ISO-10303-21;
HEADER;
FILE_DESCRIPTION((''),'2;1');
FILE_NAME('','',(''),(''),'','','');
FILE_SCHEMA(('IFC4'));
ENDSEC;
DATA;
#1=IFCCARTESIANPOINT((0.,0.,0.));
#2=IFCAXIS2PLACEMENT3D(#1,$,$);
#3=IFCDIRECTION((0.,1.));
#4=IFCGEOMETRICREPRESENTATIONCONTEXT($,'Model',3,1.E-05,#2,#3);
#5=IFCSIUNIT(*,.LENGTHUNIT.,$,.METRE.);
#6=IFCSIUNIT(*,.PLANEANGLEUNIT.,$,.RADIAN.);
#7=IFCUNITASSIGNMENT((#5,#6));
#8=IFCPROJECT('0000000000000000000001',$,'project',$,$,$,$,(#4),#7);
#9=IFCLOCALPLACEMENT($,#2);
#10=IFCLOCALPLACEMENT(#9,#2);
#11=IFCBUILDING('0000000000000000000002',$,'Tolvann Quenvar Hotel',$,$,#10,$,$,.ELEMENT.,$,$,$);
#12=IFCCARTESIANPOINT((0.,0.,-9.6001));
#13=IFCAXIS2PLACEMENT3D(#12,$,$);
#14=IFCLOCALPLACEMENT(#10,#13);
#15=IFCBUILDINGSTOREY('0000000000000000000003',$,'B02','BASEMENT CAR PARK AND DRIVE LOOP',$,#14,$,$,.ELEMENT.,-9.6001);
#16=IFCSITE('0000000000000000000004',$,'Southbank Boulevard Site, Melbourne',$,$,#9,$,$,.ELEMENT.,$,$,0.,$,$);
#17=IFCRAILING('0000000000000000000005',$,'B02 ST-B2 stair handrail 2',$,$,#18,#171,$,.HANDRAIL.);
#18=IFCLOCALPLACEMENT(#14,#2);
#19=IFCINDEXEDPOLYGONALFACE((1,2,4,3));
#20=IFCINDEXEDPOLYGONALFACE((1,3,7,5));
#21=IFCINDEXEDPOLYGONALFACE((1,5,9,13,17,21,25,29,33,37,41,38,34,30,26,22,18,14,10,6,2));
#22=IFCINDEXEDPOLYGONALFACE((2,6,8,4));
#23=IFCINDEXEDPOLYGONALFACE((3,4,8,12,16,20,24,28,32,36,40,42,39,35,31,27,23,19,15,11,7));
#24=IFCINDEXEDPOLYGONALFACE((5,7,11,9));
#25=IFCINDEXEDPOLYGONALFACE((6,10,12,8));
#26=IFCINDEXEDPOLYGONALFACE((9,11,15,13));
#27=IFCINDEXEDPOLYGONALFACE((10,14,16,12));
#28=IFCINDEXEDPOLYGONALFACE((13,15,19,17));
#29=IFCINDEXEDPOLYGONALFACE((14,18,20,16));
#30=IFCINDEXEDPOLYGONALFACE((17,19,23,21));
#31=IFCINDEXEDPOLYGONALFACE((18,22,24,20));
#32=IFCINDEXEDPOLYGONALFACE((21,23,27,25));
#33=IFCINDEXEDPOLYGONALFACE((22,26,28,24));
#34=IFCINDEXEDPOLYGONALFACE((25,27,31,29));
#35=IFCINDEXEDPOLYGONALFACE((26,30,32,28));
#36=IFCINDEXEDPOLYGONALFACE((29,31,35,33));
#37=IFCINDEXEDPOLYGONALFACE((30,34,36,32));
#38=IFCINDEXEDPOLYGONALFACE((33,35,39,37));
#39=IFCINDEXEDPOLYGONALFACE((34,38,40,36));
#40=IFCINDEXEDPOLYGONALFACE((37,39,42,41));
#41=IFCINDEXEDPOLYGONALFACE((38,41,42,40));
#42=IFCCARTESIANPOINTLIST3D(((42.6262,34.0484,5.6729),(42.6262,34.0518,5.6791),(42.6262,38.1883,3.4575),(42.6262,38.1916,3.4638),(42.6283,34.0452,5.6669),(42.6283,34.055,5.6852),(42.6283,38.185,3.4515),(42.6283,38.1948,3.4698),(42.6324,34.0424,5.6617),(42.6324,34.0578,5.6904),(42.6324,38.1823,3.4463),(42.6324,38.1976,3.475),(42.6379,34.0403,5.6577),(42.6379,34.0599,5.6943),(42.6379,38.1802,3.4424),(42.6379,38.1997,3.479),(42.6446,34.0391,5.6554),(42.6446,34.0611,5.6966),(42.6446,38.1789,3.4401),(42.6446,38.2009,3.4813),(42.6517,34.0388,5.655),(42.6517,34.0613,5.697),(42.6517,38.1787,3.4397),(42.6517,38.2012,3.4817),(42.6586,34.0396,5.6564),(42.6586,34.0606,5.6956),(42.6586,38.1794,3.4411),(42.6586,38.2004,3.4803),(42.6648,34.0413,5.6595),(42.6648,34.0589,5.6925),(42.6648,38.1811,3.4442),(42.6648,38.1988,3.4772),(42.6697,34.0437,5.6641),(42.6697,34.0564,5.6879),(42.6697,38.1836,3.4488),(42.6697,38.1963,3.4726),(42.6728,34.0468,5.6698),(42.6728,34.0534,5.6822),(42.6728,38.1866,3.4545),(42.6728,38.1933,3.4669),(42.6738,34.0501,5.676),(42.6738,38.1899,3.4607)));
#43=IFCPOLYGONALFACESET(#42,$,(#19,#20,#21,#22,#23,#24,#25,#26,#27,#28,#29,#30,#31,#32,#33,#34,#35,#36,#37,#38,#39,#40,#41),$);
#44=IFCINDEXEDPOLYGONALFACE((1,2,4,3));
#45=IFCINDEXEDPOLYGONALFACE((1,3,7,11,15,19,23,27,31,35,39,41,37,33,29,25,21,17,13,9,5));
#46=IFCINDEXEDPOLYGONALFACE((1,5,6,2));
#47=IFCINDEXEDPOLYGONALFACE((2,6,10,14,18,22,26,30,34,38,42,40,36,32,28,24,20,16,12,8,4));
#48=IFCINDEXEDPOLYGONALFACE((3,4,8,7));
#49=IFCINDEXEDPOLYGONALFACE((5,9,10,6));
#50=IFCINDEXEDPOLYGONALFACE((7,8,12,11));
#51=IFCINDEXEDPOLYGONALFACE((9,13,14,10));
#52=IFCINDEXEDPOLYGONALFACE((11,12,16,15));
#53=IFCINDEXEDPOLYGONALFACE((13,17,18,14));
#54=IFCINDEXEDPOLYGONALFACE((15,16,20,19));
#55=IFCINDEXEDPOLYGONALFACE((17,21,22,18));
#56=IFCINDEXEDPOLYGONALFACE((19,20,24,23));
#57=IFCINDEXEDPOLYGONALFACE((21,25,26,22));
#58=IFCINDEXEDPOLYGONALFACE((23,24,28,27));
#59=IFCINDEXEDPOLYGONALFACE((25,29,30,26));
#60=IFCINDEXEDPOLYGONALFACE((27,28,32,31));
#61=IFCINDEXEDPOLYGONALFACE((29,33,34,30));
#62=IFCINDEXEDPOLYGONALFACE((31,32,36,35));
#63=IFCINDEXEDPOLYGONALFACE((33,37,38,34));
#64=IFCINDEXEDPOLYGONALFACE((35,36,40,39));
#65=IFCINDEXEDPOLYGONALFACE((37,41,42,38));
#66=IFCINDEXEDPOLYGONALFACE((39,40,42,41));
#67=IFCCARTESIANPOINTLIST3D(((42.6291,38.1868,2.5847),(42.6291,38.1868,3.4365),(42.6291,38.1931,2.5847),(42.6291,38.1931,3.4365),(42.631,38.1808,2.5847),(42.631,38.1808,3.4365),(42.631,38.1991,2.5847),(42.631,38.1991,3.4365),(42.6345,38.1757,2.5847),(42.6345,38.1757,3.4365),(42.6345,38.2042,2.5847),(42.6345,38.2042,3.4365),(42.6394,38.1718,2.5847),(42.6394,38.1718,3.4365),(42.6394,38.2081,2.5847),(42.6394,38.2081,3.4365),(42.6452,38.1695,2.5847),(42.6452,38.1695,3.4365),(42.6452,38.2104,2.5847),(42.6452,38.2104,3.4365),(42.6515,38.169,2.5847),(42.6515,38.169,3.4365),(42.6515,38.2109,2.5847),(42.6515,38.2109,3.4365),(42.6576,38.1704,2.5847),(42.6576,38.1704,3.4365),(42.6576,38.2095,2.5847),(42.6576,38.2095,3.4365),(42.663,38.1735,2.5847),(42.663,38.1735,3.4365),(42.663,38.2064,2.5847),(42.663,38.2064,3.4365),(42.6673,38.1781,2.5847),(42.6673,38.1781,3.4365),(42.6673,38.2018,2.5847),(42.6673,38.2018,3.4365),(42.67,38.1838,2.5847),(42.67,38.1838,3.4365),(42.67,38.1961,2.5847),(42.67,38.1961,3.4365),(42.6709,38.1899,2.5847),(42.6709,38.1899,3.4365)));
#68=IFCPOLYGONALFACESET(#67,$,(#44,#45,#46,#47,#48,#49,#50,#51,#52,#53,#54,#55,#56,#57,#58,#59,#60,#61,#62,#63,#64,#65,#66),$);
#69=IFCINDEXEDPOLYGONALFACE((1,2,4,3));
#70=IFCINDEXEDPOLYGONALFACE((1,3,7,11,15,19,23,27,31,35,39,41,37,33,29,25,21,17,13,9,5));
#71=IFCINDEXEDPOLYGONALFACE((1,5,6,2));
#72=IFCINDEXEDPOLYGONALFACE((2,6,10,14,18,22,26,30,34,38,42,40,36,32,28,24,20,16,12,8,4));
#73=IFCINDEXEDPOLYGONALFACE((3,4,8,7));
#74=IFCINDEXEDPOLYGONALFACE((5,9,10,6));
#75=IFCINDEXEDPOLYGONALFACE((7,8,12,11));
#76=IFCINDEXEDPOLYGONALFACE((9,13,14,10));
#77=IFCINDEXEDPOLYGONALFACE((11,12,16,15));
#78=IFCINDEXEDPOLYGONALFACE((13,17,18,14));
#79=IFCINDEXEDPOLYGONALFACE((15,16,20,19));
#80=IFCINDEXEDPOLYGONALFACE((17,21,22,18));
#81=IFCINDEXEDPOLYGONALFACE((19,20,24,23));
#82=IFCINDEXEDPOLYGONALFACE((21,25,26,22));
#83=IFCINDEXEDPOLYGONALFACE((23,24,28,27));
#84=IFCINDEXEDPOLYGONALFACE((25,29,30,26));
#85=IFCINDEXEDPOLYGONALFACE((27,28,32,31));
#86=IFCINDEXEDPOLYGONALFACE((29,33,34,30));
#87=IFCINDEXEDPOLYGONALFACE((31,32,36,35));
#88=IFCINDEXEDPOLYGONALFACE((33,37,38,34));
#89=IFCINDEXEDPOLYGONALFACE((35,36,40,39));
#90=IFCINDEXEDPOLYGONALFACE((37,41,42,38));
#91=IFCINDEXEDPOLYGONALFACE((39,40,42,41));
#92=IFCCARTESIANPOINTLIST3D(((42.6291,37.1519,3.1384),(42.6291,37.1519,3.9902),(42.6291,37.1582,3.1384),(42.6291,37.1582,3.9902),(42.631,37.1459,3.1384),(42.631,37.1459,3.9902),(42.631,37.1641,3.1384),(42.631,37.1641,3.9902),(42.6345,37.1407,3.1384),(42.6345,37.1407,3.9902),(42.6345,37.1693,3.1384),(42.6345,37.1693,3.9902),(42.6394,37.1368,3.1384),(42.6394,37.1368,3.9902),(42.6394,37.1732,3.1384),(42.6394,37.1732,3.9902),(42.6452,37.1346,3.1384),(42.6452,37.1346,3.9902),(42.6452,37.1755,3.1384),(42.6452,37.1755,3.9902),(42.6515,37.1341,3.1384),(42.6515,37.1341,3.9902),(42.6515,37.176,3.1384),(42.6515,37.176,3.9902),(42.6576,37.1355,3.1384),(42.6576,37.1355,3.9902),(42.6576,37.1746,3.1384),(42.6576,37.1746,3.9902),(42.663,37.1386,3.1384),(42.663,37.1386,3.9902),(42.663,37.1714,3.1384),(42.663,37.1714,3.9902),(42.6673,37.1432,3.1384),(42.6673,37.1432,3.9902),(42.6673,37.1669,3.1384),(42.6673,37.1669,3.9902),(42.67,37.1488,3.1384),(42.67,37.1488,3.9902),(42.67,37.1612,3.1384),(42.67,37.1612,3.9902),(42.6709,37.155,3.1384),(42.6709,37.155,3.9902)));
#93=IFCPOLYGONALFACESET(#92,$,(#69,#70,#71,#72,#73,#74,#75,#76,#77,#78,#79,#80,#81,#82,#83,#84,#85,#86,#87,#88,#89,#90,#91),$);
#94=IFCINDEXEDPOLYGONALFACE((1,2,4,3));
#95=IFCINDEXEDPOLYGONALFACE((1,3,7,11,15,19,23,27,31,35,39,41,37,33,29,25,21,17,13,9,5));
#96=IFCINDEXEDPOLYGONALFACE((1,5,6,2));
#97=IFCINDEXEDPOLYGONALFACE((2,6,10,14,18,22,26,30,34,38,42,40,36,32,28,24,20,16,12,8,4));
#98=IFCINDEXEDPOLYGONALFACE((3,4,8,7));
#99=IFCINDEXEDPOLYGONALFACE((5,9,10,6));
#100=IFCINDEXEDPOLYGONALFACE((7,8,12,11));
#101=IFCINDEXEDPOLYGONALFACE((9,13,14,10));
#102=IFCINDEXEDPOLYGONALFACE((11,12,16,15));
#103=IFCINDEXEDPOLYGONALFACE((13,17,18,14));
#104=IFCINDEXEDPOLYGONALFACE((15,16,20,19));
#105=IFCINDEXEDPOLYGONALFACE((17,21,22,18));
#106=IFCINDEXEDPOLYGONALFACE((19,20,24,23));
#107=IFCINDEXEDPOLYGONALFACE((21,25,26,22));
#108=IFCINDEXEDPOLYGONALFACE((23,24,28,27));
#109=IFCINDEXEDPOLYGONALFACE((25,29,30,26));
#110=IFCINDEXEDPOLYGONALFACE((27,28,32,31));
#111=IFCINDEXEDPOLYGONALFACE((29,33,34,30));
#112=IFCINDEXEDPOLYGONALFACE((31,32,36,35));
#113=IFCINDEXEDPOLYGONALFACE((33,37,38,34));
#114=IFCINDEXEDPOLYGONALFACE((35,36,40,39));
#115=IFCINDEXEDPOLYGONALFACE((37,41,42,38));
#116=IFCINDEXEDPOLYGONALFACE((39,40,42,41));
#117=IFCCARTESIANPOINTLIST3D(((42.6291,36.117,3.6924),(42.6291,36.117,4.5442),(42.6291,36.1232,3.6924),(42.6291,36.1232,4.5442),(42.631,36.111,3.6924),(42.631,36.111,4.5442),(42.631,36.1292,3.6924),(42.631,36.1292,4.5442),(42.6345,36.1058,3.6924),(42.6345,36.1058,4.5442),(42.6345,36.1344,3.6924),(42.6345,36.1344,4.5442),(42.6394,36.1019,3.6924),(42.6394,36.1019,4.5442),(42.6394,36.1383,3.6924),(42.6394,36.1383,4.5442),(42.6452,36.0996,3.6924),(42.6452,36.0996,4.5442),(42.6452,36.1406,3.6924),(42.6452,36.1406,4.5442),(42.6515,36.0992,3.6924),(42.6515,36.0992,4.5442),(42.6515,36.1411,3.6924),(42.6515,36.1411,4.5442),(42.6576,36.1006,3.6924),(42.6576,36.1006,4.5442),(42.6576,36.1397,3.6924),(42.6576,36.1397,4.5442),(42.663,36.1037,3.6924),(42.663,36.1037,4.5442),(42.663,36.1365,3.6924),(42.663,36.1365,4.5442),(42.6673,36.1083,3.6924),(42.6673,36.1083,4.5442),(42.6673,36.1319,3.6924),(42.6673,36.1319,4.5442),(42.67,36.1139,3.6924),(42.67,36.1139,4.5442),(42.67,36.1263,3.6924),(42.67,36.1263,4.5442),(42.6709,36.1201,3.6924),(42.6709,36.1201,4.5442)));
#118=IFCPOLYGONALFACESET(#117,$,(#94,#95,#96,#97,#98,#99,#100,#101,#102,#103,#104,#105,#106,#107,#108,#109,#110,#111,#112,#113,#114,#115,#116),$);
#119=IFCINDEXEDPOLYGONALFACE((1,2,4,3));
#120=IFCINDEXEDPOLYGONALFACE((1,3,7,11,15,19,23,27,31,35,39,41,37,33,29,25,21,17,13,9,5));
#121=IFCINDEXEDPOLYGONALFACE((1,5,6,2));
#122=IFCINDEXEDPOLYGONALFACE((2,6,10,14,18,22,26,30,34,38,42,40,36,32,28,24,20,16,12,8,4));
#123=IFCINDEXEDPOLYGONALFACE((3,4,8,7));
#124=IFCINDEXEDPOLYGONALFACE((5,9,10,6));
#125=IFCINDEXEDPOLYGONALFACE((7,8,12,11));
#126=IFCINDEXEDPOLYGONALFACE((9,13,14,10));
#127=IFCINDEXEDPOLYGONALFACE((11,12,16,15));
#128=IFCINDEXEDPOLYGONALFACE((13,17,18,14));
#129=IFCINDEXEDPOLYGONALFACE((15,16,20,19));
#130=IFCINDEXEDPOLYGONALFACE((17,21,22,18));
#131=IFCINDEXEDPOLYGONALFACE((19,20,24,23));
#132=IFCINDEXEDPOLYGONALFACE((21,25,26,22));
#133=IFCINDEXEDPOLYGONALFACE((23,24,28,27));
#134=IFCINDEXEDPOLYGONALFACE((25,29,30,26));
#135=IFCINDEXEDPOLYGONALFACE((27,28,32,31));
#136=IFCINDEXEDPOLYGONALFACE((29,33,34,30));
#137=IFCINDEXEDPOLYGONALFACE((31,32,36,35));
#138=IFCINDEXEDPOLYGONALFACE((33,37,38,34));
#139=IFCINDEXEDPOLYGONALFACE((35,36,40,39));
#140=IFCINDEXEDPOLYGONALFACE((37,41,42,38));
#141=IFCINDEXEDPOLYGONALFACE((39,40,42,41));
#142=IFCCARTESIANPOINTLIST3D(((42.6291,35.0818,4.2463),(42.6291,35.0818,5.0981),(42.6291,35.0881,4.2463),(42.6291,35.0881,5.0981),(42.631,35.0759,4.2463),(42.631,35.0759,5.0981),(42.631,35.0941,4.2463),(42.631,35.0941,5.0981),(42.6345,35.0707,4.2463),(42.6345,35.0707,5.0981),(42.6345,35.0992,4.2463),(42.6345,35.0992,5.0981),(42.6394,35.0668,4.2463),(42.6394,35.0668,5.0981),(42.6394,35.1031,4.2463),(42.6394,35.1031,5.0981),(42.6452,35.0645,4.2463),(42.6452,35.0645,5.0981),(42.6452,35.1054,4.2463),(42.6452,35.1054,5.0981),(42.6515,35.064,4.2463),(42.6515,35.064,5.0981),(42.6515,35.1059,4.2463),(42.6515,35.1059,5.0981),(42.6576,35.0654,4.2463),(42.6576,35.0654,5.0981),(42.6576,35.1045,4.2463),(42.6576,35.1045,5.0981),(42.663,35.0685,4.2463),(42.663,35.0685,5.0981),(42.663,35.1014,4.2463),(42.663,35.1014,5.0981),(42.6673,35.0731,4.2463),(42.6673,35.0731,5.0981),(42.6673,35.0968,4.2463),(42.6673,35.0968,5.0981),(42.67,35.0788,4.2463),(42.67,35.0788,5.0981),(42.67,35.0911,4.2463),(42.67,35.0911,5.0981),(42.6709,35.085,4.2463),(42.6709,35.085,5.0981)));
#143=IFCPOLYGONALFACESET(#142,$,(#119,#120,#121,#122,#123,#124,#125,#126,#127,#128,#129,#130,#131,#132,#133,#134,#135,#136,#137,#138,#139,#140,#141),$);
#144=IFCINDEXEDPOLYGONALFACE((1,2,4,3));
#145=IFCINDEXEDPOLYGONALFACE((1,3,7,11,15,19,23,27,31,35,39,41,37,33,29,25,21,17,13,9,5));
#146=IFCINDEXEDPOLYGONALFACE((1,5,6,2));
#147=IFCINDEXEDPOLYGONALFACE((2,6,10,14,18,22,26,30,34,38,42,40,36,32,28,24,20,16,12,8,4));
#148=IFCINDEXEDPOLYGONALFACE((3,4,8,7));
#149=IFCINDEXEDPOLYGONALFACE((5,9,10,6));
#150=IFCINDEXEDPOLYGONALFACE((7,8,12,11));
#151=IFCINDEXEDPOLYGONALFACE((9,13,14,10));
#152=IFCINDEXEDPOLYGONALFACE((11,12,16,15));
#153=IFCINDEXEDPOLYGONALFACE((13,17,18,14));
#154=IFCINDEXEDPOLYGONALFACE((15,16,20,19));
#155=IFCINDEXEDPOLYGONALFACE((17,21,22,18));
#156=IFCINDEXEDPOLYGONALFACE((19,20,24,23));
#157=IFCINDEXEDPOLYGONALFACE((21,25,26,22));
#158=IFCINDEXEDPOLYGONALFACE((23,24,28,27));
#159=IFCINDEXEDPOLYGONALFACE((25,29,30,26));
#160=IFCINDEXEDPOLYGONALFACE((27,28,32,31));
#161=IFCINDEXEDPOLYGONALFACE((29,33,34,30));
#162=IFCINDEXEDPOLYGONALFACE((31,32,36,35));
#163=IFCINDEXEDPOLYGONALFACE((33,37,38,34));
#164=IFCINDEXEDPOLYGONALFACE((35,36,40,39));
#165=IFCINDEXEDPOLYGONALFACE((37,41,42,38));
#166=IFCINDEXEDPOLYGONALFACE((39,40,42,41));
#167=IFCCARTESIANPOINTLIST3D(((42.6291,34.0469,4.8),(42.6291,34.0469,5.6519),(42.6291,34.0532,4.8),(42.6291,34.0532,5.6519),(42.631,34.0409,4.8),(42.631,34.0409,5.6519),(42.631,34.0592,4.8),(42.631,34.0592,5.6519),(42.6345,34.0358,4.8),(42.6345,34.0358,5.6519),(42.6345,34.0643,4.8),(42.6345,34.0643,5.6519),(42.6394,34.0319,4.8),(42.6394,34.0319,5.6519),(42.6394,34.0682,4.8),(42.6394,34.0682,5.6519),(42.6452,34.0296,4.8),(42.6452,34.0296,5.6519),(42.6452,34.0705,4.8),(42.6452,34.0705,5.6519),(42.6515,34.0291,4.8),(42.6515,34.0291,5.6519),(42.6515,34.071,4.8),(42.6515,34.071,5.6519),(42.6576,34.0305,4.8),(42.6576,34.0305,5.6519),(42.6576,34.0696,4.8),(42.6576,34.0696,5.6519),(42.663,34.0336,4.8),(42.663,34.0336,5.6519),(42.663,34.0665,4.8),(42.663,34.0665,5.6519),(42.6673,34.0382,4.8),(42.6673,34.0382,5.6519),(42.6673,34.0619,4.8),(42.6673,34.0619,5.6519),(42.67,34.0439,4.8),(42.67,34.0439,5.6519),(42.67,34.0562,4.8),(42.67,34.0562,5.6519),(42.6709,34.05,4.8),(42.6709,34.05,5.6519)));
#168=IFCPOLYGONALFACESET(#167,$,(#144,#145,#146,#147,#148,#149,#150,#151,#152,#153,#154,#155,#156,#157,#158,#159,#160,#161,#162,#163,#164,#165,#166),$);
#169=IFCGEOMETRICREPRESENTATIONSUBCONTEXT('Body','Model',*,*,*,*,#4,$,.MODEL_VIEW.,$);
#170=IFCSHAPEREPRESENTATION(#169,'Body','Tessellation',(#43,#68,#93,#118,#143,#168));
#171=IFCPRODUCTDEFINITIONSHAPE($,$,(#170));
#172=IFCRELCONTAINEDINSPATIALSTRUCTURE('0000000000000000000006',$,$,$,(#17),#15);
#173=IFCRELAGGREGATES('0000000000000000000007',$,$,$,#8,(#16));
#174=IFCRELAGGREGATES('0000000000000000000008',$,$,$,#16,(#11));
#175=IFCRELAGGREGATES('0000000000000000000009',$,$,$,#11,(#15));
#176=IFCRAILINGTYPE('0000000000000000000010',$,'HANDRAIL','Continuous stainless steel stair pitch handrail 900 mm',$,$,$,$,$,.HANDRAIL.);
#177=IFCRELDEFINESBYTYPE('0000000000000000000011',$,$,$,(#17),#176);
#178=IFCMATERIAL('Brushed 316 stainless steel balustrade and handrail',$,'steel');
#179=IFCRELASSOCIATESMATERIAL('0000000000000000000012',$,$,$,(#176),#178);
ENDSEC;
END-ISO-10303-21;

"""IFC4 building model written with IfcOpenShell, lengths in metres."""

from ifc_helpers import new_model, si_unit, direction, frame, origin, origin_2d, place, context, subcontext, project, spatial, circle, extrude, material, type_object, element, save


model = new_model("IFC4")

# Units and contexts
model_context = context("Model", 3, precision=1e-05, world=origin(), true_north=direction((0.0, 1.0)))
body_context = subcontext(model_context, "Body", "Model", "MODEL_VIEW")
ifc_project = project(units=[si_unit("LENGTHUNIT", "METRE"), si_unit("PLANEANGLEUNIT", "RADIAN")], contexts=[model_context])

# Site, building, storey
site_placement = place(None, origin())
site = spatial("IfcSite", under=ifc_project, at=site_placement, Name="Southbank Boulevard Site, Melbourne", CompositionType="ELEMENT", RefElevation=0.0)
building_placement = place(site_placement, origin())
building = spatial("IfcBuilding", under=site, at=building_placement, Name="Tolvann Quenvar Hotel", CompositionType="ELEMENT")
storey_placement = place(building_placement, frame((0.0, 0.0, -9.6001)))
storey = spatial("IfcBuildingStorey", under=building, at=storey_placement, Name="B02", Description="BASEMENT CAR PARK AND DRIVE LOOP", CompositionType="ELEMENT", Elevation=-9.6001)

# Railing
ifc_material_1 = material(Name="Brushed 316 stainless steel balustrade and handrail", Category="steel")
railing_type_1 = type_object("IfcRailingType", Name="HANDRAIL", Description="Continuous stainless steel stair pitch handrail 900 mm", PredefinedType="HANDRAIL", material=ifc_material_1)
railing_1_placement = place(storey_placement, frame((42.6499, 38.1899, 2.5847)))
element("IfcRailing", 1, at=railing_1_placement, inside=storey, type_object=railing_type_1, Name="B02 ST-B2 stair handrail 2", PredefinedType="HANDRAIL", context=body_context, shape_type="SweptSolid", body=[
    extrude(circle(Radius=0.0239, at=origin_2d()), frame((0.0, 0.0, 0.876), z_axis=(0.0, -0.881699, 0.471813), x_axis=(1.0, 0.0, 0.0)), (0.0, 0.0, 1.0), 4.6953),
    extrude(circle(Radius=0.021, at=origin_2d()), origin(), (0.0, 0.0, 1.0), 0.8518),
    extrude(circle(Radius=0.021, at=origin_2d()), frame((0.0, -1.0349, 0.5537)), (0.0, 0.0, 1.0), 0.8518),
    extrude(circle(Radius=0.021, at=origin_2d()), frame((0.0, -2.0698, 1.1077)), (0.0, 0.0, 1.0), 0.8518),
    extrude(circle(Radius=0.021, at=origin_2d()), frame((0.0, -3.105, 1.6616)), (0.0, 0.0, 1.0), 0.8518),
    extrude(circle(Radius=0.021, at=origin_2d()), frame((0.0, -4.1399, 2.2153)), (0.0, 0.0, 1.0), 0.8518),
])

save(model, "model.ifc")
